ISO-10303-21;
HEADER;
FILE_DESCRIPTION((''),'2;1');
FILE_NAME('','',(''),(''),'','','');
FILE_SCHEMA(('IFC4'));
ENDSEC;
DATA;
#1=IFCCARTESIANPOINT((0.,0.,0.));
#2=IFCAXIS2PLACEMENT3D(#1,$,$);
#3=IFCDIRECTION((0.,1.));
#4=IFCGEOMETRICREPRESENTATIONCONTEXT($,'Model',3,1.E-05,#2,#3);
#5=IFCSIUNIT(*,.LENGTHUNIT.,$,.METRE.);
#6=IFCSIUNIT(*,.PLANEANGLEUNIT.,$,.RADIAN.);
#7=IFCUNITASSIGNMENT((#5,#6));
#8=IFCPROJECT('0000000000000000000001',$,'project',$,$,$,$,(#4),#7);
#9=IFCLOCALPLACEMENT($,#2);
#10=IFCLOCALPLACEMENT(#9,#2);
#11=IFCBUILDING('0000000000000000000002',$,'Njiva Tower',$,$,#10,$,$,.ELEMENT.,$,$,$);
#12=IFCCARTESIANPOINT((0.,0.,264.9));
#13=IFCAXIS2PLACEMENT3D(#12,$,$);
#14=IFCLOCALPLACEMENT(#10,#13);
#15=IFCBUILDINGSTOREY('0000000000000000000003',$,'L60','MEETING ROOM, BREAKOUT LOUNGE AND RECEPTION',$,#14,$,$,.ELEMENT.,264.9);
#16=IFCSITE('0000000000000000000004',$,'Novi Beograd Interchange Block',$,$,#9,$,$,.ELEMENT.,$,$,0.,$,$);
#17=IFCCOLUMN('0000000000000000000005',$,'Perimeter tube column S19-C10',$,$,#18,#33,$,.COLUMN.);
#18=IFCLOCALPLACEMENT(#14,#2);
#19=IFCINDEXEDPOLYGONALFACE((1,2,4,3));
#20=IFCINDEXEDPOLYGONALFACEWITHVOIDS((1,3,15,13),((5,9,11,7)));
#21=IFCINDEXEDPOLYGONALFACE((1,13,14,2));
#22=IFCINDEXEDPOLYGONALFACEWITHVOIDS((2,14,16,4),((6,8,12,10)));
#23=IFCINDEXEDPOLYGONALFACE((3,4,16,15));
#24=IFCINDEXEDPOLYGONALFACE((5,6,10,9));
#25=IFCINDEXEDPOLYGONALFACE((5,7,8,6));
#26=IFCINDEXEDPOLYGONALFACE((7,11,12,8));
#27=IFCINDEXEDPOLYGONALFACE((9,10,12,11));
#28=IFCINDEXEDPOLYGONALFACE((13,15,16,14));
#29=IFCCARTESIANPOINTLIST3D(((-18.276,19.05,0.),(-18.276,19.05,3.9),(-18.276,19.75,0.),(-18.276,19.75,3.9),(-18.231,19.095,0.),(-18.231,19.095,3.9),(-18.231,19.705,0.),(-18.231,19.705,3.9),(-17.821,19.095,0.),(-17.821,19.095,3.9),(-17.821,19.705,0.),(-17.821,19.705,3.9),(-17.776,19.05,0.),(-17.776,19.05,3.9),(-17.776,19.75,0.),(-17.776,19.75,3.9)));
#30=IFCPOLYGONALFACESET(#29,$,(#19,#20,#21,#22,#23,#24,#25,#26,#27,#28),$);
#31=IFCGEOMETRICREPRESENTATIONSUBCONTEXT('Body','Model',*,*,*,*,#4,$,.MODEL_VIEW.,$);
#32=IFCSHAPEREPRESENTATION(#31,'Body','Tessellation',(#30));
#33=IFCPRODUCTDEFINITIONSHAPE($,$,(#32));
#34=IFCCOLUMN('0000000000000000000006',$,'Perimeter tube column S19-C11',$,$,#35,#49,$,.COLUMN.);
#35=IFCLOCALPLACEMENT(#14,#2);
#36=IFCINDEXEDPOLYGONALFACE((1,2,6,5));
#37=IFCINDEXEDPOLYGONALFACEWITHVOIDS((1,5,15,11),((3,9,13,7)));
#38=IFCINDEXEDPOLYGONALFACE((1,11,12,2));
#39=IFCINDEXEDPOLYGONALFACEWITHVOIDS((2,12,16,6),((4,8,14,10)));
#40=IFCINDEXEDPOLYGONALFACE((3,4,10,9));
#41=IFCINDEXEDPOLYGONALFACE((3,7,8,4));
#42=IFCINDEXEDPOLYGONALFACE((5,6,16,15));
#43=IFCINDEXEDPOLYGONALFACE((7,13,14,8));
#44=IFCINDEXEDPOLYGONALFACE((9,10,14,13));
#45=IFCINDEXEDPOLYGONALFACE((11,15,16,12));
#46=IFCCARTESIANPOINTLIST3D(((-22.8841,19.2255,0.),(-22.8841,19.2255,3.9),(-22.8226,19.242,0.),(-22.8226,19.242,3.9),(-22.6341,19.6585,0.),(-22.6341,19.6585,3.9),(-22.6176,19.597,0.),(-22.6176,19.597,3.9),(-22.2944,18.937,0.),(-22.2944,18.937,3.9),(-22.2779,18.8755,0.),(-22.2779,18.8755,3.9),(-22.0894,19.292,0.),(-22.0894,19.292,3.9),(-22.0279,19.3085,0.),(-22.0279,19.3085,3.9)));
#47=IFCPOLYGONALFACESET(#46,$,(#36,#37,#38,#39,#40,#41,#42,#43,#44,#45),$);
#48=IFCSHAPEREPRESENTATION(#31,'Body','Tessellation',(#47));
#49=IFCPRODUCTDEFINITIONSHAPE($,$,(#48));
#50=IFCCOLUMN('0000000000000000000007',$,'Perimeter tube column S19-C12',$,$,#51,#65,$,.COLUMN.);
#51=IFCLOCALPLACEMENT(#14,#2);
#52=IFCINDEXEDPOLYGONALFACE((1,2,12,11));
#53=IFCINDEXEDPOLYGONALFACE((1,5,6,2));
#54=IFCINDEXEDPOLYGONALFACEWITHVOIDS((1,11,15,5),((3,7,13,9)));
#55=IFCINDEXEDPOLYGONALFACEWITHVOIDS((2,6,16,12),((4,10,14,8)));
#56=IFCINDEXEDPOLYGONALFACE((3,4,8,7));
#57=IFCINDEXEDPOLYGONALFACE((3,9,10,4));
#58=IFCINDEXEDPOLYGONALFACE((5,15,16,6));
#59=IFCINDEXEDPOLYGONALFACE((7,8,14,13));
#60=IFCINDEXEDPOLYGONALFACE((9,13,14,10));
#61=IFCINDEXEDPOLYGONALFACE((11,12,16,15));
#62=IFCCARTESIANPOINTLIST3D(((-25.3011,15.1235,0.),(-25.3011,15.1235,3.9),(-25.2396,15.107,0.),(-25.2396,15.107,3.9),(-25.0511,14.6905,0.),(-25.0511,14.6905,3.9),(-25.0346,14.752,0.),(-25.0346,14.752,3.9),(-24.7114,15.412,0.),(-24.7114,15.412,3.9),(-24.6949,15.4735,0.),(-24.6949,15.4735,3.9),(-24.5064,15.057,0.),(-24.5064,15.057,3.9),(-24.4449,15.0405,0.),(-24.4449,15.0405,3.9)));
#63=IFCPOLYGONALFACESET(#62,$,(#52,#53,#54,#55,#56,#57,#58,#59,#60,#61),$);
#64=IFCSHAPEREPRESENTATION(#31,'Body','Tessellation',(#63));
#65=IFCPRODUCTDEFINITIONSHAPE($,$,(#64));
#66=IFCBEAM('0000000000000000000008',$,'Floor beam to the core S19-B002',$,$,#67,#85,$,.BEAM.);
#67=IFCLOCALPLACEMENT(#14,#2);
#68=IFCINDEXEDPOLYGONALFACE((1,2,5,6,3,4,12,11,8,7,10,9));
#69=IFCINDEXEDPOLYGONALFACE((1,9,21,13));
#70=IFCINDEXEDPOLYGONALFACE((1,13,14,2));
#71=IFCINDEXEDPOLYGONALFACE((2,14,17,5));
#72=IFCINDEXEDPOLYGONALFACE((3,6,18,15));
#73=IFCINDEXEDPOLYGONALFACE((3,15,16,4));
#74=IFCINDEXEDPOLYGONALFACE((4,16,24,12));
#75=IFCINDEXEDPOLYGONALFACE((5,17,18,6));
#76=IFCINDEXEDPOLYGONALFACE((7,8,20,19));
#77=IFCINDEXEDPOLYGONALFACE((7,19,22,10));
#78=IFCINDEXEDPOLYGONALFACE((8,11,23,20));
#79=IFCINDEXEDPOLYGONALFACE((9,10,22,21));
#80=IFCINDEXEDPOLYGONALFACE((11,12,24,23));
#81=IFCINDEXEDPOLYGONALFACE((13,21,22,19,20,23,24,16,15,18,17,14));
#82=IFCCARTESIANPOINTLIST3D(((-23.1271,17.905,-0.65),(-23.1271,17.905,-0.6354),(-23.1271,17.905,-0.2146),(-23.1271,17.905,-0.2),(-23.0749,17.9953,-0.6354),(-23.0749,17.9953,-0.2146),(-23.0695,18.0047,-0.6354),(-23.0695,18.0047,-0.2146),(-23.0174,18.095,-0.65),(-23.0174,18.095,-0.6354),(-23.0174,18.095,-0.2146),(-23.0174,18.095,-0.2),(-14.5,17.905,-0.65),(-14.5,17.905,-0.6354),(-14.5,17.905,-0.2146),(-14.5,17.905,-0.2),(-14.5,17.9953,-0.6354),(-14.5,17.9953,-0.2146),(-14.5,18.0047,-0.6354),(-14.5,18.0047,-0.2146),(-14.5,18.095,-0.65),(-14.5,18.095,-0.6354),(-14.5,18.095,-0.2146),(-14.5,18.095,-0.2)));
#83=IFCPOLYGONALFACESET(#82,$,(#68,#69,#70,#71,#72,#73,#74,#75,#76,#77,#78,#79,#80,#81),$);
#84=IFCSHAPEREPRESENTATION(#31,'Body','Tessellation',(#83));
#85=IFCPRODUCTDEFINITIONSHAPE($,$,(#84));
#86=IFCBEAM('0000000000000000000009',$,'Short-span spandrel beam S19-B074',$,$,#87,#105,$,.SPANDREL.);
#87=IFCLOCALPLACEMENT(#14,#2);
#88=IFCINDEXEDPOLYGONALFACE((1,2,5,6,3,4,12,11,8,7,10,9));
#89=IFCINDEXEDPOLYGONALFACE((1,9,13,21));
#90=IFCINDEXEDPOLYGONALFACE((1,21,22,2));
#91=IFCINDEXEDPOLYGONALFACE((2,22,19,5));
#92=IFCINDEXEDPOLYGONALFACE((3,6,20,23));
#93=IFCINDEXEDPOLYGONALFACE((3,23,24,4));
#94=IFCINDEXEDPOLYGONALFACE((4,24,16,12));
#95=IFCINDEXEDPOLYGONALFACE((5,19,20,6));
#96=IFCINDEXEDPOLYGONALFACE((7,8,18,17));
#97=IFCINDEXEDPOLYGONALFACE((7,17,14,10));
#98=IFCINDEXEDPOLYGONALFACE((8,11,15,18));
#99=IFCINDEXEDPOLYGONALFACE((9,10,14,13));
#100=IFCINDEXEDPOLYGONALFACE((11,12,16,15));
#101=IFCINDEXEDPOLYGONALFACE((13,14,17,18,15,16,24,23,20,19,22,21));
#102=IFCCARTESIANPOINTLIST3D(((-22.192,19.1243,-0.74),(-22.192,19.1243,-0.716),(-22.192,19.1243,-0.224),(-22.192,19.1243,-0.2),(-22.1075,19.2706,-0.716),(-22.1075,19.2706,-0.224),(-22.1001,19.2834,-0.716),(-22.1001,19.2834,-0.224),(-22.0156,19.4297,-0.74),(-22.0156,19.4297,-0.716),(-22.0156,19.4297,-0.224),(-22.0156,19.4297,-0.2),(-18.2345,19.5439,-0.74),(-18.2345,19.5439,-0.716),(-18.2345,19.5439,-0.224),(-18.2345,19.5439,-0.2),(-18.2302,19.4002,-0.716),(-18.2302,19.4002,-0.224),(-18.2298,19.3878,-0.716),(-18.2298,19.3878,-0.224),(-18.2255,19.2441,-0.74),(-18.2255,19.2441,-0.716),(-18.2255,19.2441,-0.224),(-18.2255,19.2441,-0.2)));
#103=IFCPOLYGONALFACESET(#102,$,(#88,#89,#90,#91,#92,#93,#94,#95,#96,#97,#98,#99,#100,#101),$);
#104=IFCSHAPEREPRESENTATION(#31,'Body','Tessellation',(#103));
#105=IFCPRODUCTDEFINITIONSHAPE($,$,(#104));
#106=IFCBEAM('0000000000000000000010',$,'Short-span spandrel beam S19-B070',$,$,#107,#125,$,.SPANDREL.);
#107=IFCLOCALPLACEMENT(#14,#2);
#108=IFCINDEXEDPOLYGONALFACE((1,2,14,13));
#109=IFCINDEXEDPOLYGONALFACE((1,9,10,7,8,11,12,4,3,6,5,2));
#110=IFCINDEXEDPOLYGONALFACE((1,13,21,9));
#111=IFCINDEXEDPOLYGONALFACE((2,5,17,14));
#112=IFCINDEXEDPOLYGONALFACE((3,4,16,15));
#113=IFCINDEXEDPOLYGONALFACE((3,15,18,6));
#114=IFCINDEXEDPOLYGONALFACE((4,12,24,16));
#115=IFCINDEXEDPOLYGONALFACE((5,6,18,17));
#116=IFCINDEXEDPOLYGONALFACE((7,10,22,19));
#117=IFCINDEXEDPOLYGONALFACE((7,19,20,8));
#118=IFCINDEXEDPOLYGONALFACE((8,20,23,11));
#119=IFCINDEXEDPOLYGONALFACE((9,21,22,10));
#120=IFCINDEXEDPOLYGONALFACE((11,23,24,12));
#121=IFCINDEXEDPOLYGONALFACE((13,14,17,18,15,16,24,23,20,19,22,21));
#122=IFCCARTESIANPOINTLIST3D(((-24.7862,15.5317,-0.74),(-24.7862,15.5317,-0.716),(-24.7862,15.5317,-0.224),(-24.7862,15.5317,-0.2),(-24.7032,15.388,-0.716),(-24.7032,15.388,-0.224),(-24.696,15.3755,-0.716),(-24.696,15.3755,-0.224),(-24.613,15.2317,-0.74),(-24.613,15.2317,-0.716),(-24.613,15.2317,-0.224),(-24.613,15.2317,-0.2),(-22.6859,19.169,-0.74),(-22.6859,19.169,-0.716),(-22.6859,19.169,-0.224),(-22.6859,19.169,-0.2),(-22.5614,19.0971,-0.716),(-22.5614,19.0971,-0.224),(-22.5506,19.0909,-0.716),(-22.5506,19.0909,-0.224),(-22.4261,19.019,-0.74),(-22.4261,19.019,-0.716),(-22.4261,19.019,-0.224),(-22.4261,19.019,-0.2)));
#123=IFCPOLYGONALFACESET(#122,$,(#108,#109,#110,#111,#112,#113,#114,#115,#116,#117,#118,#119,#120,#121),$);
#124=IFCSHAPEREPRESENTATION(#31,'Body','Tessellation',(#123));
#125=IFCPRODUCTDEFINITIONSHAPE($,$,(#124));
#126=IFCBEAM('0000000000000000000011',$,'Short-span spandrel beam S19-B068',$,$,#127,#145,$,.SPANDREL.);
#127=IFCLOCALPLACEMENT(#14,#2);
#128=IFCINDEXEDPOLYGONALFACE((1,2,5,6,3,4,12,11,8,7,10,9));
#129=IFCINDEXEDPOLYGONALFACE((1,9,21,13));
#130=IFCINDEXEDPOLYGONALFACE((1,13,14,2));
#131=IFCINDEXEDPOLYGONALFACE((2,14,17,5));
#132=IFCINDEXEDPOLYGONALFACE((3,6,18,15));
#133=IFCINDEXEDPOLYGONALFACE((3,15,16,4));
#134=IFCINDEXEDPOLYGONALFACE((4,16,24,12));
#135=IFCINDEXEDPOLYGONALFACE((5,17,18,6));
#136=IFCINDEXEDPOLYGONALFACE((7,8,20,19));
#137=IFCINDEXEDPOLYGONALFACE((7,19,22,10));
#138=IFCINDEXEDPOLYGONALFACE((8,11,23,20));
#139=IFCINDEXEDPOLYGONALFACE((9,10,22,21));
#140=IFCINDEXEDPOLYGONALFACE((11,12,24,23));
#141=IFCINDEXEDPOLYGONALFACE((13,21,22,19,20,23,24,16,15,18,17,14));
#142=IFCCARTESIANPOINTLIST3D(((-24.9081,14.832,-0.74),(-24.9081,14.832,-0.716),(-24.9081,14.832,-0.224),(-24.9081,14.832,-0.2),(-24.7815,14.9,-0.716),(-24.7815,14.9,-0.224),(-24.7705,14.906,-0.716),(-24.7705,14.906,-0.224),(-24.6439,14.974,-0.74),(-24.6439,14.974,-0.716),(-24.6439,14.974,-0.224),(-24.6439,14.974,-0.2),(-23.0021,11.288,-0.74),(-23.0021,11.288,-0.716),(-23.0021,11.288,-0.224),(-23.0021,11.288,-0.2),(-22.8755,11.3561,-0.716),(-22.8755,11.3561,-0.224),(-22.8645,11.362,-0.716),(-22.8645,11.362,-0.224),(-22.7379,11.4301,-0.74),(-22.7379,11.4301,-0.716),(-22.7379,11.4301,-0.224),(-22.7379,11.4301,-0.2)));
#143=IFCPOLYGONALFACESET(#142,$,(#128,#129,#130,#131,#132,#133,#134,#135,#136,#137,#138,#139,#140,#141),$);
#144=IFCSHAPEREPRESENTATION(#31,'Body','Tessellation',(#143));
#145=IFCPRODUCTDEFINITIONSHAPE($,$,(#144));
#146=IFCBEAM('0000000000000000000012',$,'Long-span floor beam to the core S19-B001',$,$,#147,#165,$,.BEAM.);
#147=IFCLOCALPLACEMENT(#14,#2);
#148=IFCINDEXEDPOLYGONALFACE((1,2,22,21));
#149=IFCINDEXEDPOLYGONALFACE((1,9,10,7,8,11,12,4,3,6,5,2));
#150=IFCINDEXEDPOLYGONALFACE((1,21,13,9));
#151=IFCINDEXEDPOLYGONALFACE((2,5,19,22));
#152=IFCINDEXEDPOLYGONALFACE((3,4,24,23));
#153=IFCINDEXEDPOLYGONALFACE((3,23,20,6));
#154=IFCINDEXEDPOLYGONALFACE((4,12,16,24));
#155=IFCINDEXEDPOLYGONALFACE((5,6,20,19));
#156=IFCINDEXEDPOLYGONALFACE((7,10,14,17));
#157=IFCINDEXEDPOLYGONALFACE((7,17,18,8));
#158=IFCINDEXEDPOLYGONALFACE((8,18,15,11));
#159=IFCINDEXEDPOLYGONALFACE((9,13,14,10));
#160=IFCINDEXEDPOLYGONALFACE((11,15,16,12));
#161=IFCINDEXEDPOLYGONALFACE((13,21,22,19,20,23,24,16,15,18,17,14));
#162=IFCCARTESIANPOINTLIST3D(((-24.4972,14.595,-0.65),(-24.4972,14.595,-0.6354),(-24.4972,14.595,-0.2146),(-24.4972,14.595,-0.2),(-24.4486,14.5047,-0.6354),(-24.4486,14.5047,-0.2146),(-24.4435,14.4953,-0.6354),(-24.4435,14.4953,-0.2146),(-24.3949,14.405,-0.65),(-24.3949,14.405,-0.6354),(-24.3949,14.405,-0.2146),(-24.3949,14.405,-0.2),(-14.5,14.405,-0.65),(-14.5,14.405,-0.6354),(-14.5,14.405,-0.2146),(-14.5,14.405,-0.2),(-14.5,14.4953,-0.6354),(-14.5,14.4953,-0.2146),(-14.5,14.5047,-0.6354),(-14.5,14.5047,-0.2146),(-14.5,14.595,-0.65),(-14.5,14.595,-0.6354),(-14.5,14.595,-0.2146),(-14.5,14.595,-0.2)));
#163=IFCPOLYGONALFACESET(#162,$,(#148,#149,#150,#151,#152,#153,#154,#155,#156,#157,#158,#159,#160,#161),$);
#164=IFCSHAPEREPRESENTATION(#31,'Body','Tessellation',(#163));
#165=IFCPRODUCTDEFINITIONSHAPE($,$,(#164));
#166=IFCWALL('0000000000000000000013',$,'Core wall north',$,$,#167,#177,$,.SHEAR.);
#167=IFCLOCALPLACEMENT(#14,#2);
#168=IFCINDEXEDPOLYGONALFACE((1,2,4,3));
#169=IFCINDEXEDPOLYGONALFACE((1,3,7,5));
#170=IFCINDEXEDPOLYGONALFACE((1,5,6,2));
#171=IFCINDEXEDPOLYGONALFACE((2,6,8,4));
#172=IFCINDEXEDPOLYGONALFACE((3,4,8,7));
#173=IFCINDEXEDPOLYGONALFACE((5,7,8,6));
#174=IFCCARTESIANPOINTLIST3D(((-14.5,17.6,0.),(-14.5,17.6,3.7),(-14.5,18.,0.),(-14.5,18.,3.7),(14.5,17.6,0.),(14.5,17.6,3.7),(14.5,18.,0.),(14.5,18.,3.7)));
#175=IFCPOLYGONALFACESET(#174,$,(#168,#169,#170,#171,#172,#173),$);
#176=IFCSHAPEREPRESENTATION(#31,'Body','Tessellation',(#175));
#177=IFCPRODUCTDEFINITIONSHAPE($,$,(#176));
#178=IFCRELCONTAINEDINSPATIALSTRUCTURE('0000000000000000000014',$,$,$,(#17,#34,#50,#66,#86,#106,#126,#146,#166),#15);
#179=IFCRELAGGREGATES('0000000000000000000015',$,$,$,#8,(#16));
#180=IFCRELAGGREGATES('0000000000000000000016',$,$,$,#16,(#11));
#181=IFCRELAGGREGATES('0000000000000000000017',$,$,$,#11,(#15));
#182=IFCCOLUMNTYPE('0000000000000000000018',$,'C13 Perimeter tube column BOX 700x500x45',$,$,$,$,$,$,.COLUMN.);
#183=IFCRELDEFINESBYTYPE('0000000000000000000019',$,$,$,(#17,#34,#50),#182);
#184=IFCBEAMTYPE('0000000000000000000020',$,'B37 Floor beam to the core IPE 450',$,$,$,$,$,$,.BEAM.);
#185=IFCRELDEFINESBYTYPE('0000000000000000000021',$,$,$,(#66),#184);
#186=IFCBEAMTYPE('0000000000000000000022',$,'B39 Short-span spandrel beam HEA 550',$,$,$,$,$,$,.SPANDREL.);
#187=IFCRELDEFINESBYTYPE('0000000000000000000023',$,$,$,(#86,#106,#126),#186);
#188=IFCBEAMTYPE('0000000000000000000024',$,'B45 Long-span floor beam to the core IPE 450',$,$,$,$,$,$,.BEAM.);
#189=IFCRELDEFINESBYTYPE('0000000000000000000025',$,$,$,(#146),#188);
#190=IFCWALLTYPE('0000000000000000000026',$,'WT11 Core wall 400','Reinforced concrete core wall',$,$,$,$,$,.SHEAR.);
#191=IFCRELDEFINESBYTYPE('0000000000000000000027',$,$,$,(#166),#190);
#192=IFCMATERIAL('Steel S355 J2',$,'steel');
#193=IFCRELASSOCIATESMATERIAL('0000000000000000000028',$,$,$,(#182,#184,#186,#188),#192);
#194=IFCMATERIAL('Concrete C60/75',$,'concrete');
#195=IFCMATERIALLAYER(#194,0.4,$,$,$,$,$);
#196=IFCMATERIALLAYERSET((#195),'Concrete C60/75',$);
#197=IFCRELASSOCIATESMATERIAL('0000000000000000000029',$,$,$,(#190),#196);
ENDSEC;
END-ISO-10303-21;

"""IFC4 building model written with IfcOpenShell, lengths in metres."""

from ifc_helpers import new_model, si_unit, direction, frame, frame_2d, origin, origin_2d, place, context, subcontext, project, spatial, rectangle, hollow_rectangle, i_section, extrude, clip, halfspace, material, layer, layer_set, material_profile, profile_set, type_object, element, save


model = new_model("IFC4")

# Units and contexts
model_context = context("Model", 3, precision=1e-05, world=origin(), true_north=direction((0.0, 1.0)))
body_context = subcontext(model_context, "Body", "Model", "MODEL_VIEW")
ifc_project = project(units=[si_unit("LENGTHUNIT", "METRE"), si_unit("PLANEANGLEUNIT", "RADIAN")], contexts=[model_context])

# Site, building, storey
site_placement = place(None, origin())
site = spatial("IfcSite", under=ifc_project, at=site_placement, Name="Novi Beograd Interchange Block", CompositionType="ELEMENT", RefElevation=0.0)
building_placement = place(site_placement, origin())
building = spatial("IfcBuilding", under=site, at=building_placement, Name="Njiva Tower", CompositionType="ELEMENT")
storey_placement = place(building_placement, frame((0.0, 0.0, 264.9)))
storey = spatial("IfcBuildingStorey", under=building, at=storey_placement, Name="L60", Description="MEETING ROOM, BREAKOUT LOUNGE AND RECEPTION", CompositionType="ELEMENT", Elevation=264.9)

# Columns
ifc_material_1 = material(Name="Steel S355 J2", Category="steel")
ifc_material_profile_1 = material_profile(ifc_material_1, hollow_rectangle(XDim=0.5, YDim=0.7, WallThickness=0.045, at=origin_2d()), Name="BOX 700x500x45")
ifc_profile_set_1 = profile_set([ifc_material_profile_1], Name="Steel S355 J2")
column_type = type_object("IfcColumnType", Name="C13 Perimeter tube column BOX 700x500x45", PredefinedType="COLUMN", material=ifc_profile_set_1)
for number, where, z_axis, x_axis, name in (
    (1, (-18.026, 19.4, 0.0), (0.0, 0.0, 1.0), (-1.0, 0.0, 0.0), "Perimeter tube column S19-C10"),
    (2, (-22.456, 19.267, 0.0), (0.0, 0.0, 1.0), (-0.5, -0.866025, 0.0), "Perimeter tube column S19-C11"),
    (3, (-24.873, 15.082, 0.0), (0.0, 0.0, 1.0), (0.5, -0.866025, 0.0), "Perimeter tube column S19-C12"),
):
    element("IfcColumn", number, at=place(storey_placement, frame(where, z_axis=z_axis, x_axis=x_axis)), inside=storey, type_object=column_type, Name=name, PredefinedType="COLUMN", context=body_context, shape_type="SweptSolid", body=[
        extrude(hollow_rectangle(XDim=0.5, YDim=0.7, WallThickness=0.045, at=origin_2d()), origin(), (0.0, 0.0, 1.0), 3.9),
    ])

# Beams
ifc_material_profile_2 = material_profile(ifc_material_1, i_section(OverallWidth=0.19, OverallDepth=0.45, WebThickness=0.0094, FlangeThickness=0.0146, at=origin_2d()), Name="IPE 450")
ifc_profile_set_2 = profile_set([ifc_material_profile_2], Name="Steel S355 J2")
beam_type_1 = type_object("IfcBeamType", Name="B37 Floor beam to the core IPE 450", PredefinedType="BEAM", material=ifc_profile_set_2)
beam_1_placement = place(storey_placement, frame((-23.147, 18.0, -0.425), z_axis=(1.0, 0.0, 0.0), x_axis=(0.0, 1.0, 0.0)))
element("IfcBeam", 4, at=beam_1_placement, inside=storey, type_object=beam_type_1, Name="Floor beam to the core S19-B002", PredefinedType="BEAM", context=body_context, shape_type="Clipping", body=[
    clip(extrude(i_section(OverallWidth=0.19, OverallDepth=0.45, WebThickness=0.0094, FlangeThickness=0.0146, at=origin_2d()), origin(), (0.0, 0.0, 1.0), 8.647), halfspace(frame((0.025, 0.0, 0.0892), z_axis=(0.499998, 0.0, -0.866027), x_axis=(0.0, -1.0, 0.0)), False)),
])
ifc_material_profile_3 = material_profile(ifc_material_1, i_section(OverallWidth=0.3, OverallDepth=0.54, WebThickness=0.0125, FlangeThickness=0.024, at=origin_2d()), Name="HEA 550")
ifc_profile_set_3 = profile_set([ifc_material_profile_3], Name="Steel S355 J2")
beam_type_2 = type_object("IfcBeamType", Name="B39 Short-span spandrel beam HEA 550", PredefinedType="SPANDREL", material=ifc_profile_set_3)
beam_2_placement = place(storey_placement, frame((-18.23, 19.394, -0.47), z_axis=(-0.999544, -0.030188, 0.0), x_axis=(0.030188, -0.999544, 0.0)))
element("IfcBeam", 5, at=beam_2_placement, inside=storey, type_object=beam_type_2, Name="Short-span spandrel beam S19-B074", PredefinedType="SPANDREL", context=body_context, shape_type="Clipping", body=[
    clip(extrude(i_section(OverallWidth=0.3, OverallDepth=0.54, WebThickness=0.0125, FlangeThickness=0.024, at=origin_2d()), origin(), (0.0, 0.0, 1.0), 3.9888), halfspace(frame((-0.0268, 0.0, 3.859), z_axis=(-0.525913, 0.0, 0.850538), x_axis=(0.0, 1.0, 0.0)), False)),
])
beam_3_placement = place(storey_placement, frame((-22.556, 19.094, -0.47), z_axis=(-0.500052, -0.865995, 0.0), x_axis=(0.865995, -0.500052, 0.0)))
element("IfcBeam", 6, at=beam_3_placement, inside=storey, type_object=beam_type_2, Name="Short-span spandrel beam S19-B070", PredefinedType="SPANDREL", context=body_context, shape_type="Clipping", body=[
    clip(extrude(i_section(OverallWidth=0.3, OverallDepth=0.54, WebThickness=0.0125, FlangeThickness=0.024, at=origin_2d()), origin(), (0.0, 0.0, 1.0), 4.3946), halfspace(frame((-0.0248, 0.0, 4.2724), z_axis=(-0.49995, 0.0, 0.866054), x_axis=(0.0, 1.0, 0.0)), False)),
])
beam_4_placement = place(storey_placement, frame((-24.776, 14.903, -0.47), z_axis=(0.473655, -0.88071, 0.0), x_axis=(0.88071, 0.473655, 0.0)))
element("IfcBeam", 7, at=beam_4_placement, inside=storey, type_object=beam_type_2, Name="Short-span spandrel beam S19-B068", PredefinedType="SPANDREL", context=body_context, shape_type="SweptSolid", body=[
    extrude(i_section(OverallWidth=0.3, OverallDepth=0.54, WebThickness=0.0125, FlangeThickness=0.024, at=origin_2d()), origin(), (0.0, 0.0, 1.0), 4.024),
])
ifc_material_profile_4 = material_profile(ifc_material_1, i_section(OverallWidth=0.19, OverallDepth=0.45, WebThickness=0.0094, FlangeThickness=0.0146, at=origin_2d()), Name="IPE 450")
ifc_profile_set_4 = profile_set([ifc_material_profile_4], Name="Steel S355 J2")
beam_type_3 = type_object("IfcBeamType", Name="B45 Long-span floor beam to the core IPE 450", PredefinedType="BEAM", material=ifc_profile_set_4)
beam_5_placement = place(storey_placement, frame((-24.517, 14.5, -0.425), z_axis=(1.0, 0.0, 0.0), x_axis=(0.0, 1.0, 0.0)))
element("IfcBeam", 8, at=beam_5_placement, inside=storey, type_object=beam_type_3, Name="Long-span floor beam to the core S19-B001", PredefinedType="BEAM", context=body_context, shape_type="Clipping", body=[
    clip(extrude(i_section(OverallWidth=0.19, OverallDepth=0.45, WebThickness=0.0094, FlangeThickness=0.0146, at=origin_2d()), origin(), (0.0, 0.0, 1.0), 10.017), halfspace(frame((-0.0237, 0.0, 0.0837), z_axis=(-0.473762, 0.0, -0.880653), x_axis=(0.0, -1.0, 0.0)), False)),
])

# Wall
ifc_material_2 = material(Name="Concrete C60/75", Category="concrete")
ifc_layer_1 = layer(ifc_material_2, 0.4)
ifc_layer_set_1 = layer_set([ifc_layer_1], Name="Concrete C60/75")
wall_type_1 = type_object("IfcWallType", Name="WT11 Core wall 400", Description="Reinforced concrete core wall", PredefinedType="SHEAR", material=ifc_layer_set_1)
wall_1_placement = place(storey_placement, frame((-14.5, 17.8, 0.0), z_axis=(0.0, 0.0, 1.0), x_axis=(1.0, 0.0, 0.0)))
element("IfcWall", 9, at=wall_1_placement, inside=storey, type_object=wall_type_1, Name="Core wall north", PredefinedType="SHEAR", context=body_context, shape_type="SweptSolid", body=[
    extrude(rectangle(XDim=29.0, YDim=0.4, at=frame_2d((14.5, 0.0))), origin(), (0.0, 0.0, 1.0), 3.7),
])

save(model, "model.ifc")
